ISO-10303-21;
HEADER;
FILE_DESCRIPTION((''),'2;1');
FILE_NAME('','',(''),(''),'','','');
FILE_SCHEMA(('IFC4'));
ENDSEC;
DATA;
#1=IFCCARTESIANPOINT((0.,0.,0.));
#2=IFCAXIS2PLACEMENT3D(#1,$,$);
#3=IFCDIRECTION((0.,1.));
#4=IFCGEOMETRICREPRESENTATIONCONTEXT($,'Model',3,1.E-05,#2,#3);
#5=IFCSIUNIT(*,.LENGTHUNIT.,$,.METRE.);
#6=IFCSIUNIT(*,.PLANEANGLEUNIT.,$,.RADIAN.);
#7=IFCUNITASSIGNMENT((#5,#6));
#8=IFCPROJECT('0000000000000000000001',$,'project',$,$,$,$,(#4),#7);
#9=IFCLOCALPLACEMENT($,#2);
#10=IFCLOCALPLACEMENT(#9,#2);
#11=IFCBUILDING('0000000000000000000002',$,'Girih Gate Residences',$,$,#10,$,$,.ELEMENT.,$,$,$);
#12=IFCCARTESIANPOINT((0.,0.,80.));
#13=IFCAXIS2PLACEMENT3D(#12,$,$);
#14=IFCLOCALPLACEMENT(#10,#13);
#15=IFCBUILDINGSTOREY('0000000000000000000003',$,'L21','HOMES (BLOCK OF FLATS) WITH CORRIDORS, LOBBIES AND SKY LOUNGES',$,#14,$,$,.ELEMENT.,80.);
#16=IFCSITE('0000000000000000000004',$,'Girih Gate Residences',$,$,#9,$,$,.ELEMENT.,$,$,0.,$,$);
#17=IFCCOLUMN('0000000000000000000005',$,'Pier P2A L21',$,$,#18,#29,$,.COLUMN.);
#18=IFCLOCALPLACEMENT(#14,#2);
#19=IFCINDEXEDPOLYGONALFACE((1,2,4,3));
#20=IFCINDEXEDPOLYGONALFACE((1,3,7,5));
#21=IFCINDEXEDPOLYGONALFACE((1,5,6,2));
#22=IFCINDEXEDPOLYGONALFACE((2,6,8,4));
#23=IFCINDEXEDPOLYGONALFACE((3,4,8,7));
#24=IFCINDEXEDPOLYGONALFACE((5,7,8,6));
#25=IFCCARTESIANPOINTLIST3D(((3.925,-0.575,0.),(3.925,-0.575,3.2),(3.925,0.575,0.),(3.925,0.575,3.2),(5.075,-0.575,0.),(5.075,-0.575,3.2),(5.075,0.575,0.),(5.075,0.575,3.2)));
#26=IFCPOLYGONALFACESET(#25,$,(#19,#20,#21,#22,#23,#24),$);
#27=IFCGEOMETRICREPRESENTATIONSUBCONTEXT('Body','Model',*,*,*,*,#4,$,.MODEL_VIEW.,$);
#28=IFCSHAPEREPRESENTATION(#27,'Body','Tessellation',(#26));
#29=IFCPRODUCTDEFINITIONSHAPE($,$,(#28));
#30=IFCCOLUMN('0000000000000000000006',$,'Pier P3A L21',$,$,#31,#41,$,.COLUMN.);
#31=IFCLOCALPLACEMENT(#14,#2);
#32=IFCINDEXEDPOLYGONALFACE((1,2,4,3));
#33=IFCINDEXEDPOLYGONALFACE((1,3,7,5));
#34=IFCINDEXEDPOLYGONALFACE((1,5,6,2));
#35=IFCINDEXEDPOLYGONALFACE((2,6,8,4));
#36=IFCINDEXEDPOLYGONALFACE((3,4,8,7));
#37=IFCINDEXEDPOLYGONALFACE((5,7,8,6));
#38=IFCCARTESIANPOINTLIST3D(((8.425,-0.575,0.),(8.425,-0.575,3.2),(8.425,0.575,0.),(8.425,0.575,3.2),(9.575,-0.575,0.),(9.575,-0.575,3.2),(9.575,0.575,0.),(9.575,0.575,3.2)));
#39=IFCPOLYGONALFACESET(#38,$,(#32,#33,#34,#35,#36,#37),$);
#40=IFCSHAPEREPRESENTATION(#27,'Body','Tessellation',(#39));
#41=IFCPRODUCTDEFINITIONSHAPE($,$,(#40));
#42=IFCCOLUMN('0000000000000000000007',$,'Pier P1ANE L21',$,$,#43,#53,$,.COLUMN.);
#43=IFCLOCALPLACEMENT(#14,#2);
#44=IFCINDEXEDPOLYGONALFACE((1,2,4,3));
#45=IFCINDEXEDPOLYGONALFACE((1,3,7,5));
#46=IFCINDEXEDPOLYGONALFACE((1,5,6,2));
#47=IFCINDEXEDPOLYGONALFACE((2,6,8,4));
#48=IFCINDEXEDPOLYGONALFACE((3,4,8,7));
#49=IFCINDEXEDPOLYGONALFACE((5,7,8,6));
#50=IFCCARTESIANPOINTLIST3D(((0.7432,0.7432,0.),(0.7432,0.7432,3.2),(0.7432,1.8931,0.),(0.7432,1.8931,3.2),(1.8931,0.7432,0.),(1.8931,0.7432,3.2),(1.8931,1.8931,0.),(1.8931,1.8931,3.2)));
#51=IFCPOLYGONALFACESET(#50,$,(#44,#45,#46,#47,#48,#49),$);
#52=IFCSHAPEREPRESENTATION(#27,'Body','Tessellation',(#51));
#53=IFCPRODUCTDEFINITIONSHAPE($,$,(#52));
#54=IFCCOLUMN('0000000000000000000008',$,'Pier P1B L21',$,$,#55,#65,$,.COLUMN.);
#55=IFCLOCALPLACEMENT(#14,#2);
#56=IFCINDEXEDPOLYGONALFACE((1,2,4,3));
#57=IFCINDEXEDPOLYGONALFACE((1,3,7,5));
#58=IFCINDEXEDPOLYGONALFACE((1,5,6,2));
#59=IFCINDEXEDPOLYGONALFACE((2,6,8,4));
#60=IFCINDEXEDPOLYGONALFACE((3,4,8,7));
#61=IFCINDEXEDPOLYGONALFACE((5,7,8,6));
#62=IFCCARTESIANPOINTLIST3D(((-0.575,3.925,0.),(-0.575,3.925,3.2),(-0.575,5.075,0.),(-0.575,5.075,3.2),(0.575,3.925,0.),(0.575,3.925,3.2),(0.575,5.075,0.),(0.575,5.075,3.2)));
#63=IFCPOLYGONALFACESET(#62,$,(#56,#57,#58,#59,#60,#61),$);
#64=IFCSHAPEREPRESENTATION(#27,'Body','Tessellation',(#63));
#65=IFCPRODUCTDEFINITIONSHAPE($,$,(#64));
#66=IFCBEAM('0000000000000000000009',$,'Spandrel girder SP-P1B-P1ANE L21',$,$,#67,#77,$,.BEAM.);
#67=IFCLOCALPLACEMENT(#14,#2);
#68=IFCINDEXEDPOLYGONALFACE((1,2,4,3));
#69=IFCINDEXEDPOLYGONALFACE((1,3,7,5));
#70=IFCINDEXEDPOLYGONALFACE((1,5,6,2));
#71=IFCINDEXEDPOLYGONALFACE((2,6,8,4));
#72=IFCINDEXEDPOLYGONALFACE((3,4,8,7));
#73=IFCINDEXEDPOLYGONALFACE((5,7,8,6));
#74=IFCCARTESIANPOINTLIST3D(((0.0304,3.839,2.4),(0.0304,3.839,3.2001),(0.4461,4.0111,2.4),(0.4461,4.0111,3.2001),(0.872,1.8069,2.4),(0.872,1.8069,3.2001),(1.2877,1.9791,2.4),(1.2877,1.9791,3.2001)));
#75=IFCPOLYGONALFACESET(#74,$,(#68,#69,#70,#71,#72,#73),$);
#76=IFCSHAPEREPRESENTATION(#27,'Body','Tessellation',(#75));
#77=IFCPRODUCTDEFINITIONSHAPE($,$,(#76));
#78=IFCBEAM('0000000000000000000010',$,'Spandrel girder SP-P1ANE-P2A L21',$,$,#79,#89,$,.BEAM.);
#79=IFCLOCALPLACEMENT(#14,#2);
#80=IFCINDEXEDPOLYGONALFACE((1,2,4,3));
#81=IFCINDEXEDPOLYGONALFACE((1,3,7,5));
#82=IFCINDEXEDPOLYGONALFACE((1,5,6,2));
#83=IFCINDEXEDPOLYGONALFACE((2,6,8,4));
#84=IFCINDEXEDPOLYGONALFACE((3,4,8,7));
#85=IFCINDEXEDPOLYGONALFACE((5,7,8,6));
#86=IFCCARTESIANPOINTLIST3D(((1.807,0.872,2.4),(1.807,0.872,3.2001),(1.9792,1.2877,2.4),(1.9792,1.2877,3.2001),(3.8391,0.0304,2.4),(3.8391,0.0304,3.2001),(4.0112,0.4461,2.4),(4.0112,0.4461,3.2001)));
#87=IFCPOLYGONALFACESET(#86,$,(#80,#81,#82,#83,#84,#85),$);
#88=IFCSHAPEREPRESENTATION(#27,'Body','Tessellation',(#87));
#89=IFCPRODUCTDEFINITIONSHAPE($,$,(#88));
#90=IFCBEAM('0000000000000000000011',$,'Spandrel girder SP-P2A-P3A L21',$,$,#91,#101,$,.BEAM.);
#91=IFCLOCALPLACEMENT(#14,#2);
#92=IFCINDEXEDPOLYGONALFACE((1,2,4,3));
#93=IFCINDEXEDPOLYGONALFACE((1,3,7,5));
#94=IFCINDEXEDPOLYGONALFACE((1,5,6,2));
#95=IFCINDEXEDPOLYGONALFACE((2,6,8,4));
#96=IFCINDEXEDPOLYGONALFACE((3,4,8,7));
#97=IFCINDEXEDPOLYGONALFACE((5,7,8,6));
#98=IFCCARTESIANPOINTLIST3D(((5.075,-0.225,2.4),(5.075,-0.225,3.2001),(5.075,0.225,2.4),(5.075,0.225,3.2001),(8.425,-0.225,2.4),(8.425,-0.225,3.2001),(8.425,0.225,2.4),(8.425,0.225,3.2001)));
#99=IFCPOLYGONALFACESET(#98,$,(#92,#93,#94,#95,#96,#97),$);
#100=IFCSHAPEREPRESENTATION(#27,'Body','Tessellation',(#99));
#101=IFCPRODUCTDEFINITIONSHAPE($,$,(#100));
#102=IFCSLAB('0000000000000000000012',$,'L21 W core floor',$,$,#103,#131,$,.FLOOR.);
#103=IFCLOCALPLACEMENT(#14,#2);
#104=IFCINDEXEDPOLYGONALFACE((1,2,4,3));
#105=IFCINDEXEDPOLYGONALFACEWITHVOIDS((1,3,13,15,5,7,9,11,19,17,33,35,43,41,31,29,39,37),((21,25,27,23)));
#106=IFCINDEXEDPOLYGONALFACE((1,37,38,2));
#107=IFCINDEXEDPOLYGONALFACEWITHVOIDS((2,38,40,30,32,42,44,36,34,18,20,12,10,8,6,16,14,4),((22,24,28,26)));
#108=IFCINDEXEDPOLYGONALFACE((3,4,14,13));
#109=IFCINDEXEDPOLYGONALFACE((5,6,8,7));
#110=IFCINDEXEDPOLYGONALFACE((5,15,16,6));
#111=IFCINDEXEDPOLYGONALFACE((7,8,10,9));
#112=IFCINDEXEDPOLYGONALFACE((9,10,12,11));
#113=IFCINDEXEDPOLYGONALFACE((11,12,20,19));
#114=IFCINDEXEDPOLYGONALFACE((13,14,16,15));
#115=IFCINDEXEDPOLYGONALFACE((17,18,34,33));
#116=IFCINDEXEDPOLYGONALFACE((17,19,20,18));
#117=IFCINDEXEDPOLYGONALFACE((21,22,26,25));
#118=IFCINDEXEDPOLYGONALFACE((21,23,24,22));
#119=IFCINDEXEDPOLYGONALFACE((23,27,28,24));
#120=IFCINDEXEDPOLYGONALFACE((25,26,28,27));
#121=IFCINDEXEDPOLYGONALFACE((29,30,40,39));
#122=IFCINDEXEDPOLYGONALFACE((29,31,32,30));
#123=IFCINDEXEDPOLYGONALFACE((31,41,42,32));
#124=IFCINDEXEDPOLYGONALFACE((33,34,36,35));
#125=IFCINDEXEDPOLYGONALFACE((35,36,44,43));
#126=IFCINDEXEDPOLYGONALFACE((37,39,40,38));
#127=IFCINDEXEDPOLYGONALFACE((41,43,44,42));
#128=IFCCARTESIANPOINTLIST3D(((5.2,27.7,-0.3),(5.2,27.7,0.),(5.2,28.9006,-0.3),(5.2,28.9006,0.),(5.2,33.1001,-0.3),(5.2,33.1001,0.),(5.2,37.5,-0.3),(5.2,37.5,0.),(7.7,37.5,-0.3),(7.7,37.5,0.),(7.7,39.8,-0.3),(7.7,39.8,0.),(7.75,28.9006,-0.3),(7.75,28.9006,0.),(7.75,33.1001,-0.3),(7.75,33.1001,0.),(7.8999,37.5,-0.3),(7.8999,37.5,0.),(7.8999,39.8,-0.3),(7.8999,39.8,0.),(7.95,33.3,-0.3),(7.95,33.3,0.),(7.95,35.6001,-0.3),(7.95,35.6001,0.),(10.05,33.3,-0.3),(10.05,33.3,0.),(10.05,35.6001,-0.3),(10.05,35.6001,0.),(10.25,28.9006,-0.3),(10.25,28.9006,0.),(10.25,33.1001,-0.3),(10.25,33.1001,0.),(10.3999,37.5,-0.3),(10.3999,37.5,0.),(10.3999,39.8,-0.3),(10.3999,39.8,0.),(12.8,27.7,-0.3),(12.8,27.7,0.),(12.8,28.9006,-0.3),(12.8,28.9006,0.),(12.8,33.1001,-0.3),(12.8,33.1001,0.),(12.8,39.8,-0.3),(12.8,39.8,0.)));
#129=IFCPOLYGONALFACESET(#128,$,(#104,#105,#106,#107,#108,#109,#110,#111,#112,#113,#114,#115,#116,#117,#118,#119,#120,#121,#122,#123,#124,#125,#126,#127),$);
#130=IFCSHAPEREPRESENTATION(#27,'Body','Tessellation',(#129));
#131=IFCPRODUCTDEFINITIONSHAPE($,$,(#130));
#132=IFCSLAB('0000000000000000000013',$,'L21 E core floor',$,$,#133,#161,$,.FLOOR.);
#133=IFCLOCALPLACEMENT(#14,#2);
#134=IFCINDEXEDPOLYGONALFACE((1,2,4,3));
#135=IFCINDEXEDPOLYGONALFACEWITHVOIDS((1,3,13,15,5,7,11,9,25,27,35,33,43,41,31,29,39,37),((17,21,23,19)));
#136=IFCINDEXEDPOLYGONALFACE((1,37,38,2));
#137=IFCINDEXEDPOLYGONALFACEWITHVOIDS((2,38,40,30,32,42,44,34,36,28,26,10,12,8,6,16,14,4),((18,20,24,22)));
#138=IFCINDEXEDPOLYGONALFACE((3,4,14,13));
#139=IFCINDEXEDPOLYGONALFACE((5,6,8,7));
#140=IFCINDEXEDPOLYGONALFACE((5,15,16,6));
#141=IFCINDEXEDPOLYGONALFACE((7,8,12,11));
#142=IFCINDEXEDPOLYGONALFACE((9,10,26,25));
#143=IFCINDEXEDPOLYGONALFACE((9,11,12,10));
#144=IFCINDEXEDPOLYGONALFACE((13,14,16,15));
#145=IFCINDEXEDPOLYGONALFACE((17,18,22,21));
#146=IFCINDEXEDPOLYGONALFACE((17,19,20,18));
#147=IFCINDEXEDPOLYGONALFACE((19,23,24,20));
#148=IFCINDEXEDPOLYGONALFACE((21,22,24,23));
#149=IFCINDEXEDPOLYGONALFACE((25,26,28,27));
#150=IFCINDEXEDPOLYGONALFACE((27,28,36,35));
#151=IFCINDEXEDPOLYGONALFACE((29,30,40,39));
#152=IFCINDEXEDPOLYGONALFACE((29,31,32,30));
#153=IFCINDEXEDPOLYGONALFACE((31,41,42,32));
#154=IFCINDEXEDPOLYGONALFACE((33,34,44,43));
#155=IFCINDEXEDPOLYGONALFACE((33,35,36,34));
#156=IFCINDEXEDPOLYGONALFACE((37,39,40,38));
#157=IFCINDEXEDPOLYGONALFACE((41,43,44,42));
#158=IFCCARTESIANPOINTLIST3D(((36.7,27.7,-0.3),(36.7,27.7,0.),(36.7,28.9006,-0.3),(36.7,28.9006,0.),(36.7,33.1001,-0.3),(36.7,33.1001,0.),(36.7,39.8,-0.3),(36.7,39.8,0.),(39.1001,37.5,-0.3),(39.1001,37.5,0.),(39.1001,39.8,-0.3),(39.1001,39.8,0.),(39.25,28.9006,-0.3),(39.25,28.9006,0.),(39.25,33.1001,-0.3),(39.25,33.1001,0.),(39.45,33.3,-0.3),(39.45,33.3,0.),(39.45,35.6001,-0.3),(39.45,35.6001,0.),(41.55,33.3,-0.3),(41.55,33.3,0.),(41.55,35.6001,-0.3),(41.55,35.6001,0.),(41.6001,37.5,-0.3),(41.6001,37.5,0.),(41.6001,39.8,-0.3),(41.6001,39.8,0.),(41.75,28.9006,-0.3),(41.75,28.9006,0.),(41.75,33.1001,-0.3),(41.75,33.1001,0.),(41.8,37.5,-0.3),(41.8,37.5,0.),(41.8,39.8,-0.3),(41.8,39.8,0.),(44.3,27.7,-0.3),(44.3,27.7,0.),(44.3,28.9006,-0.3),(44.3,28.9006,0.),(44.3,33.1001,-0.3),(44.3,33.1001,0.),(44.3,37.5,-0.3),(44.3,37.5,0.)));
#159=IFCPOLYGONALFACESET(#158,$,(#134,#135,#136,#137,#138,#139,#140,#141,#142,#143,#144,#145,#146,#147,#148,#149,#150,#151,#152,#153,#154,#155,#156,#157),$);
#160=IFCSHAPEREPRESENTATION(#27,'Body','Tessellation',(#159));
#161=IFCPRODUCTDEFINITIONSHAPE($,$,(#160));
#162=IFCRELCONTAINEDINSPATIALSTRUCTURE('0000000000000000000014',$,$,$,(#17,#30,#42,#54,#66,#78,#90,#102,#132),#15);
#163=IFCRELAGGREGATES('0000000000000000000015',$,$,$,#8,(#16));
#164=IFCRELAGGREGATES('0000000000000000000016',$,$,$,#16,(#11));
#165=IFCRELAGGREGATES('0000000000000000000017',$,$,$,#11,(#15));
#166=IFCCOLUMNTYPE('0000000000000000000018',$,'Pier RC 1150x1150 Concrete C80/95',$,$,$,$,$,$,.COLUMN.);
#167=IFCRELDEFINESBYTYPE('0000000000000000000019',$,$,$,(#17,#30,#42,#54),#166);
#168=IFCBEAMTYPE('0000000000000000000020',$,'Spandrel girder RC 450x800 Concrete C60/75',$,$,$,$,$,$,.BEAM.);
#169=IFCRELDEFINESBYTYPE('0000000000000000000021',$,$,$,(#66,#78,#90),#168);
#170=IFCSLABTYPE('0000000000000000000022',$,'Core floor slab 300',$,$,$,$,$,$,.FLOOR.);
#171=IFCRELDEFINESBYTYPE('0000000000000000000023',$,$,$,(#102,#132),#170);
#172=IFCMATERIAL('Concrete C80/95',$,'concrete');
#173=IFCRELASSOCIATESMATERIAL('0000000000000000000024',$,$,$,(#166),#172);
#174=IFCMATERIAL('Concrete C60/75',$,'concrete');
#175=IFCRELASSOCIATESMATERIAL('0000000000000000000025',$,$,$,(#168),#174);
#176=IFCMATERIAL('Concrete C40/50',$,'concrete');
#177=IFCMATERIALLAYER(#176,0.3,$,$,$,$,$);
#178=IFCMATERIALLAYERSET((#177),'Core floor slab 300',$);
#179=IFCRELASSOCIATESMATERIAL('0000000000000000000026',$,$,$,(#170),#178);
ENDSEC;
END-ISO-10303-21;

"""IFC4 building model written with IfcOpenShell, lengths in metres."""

from ifc_helpers import new_model, si_unit, direction, frame, origin, origin_2d, place, context, subcontext, project, spatial, polyline, rectangle, outline, extrude, material, layer, layer_set, material_profile, profile_set, type_object, element, save


model = new_model("IFC4")

# Units and contexts
model_context = context("Model", 3, precision=1e-05, world=origin(), true_north=direction((0.0, 1.0)))
body_context = subcontext(model_context, "Body", "Model", "MODEL_VIEW")
ifc_project = project(units=[si_unit("LENGTHUNIT", "METRE"), si_unit("PLANEANGLEUNIT", "RADIAN")], contexts=[model_context])

# Site, building, storey
site_placement = place(None, origin())
site = spatial("IfcSite", under=ifc_project, at=site_placement, Name="Girih Gate Residences", CompositionType="ELEMENT", RefElevation=0.0)
building_placement = place(site_placement, origin())
building = spatial("IfcBuilding", under=site, at=building_placement, Name="Girih Gate Residences", CompositionType="ELEMENT")
storey_placement = place(building_placement, frame((0.0, 0.0, 80.0)))
storey = spatial("IfcBuildingStorey", under=building, at=storey_placement, Name="L21", Description="HOMES (BLOCK OF FLATS) WITH CORRIDORS, LOBBIES AND SKY LOUNGES", CompositionType="ELEMENT", Elevation=80.0)

# Columns
ifc_material_1 = material(Name="Concrete C80/95", Category="concrete")
ifc_material_profile_1 = material_profile(ifc_material_1, rectangle(XDim=1.1499, YDim=1.1499, at=origin_2d()))
ifc_profile_set_1 = profile_set([ifc_material_profile_1], Name="Concrete C80/95")
column_type = type_object("IfcColumnType", Name="Pier RC 1150x1150 Concrete C80/95", PredefinedType="COLUMN", material=ifc_profile_set_1)
for number, where, z_axis, x_axis, name in (
    (1, (4.5, 0.0, 0.0), (0.0, 0.0, 1.0), (1.0, 0.0, 0.0), "Pier P2A L21"),
    (2, (9.0, 0.0, 0.0), (0.0, 0.0, 1.0), (1.0, 0.0, 0.0), "Pier P3A L21"),
    (3, (1.3181, 1.3181, 0.0), (0.0, 0.0, 1.0), (1.0, 0.0, 0.0), "Pier P1ANE L21"),
    (4, (0.0, 4.5, 0.0), (0.0, 0.0, 1.0), (1.0, 0.0, 0.0), "Pier P1B L21"),
):
    element("IfcColumn", number, at=place(storey_placement, frame(where, z_axis=z_axis, x_axis=x_axis)), inside=storey, type_object=column_type, Name=name, PredefinedType="COLUMN", context=body_context, shape_type="SweptSolid", body=[
        extrude(rectangle(XDim=1.1499, YDim=1.1499, at=origin_2d()), origin(), (0.0, 0.0, 1.0), 3.2),
    ])

# Beams
ifc_material_2 = material(Name="Concrete C60/75", Category="concrete")
ifc_material_profile_2 = material_profile(ifc_material_2, rectangle(XDim=0.45, YDim=0.8, at=origin_2d()))
ifc_profile_set_2 = profile_set([ifc_material_profile_2], Name="Concrete C60/75")
beam_type = type_object("IfcBeamType", Name="Spandrel girder RC 450x800 Concrete C60/75", PredefinedType="BEAM", material=ifc_profile_set_2)
for number, where, z_axis, x_axis, name in (
    (5, (0.2383, 3.925, 2.8), (0.382636, -0.923899, 0.0), (0.923899, 0.382636, 0.0), "Spandrel girder SP-P1B-P1ANE L21"),
    (6, (1.8931, 1.0798, 2.8), (0.923899, -0.382636, 0.0), (0.382636, 0.923899, 0.0), "Spandrel girder SP-P1ANE-P2A L21"),
):
    element("IfcBeam", number, at=place(storey_placement, frame(where, z_axis=z_axis, x_axis=x_axis)), inside=storey, type_object=beam_type, Name=name, PredefinedType="BEAM", context=body_context, shape_type="SweptSolid", body=[
        extrude(rectangle(XDim=0.45, YDim=0.8, at=origin_2d()), origin(), (0.0, 0.0, 1.0), 2.1995),
    ])
beam_placement = place(storey_placement, frame((5.075, 0.0, 2.8), z_axis=(1.0, 0.0, 0.0), x_axis=(0.0, 1.0, 0.0)))
element("IfcBeam", 7, at=beam_placement, inside=storey, type_object=beam_type, Name="Spandrel girder SP-P2A-P3A L21", PredefinedType="BEAM", context=body_context, shape_type="SweptSolid", body=[
    extrude(rectangle(XDim=0.45, YDim=0.8, at=origin_2d()), origin(), (0.0, 0.0, 1.0), 3.3501),
])

# Slabs
ifc_material_3 = material(Name="Concrete C40/50", Category="concrete")
ifc_layer_1 = layer(ifc_material_3, 0.3)
ifc_layer_set_1 = layer_set([ifc_layer_1], Name="Core floor slab 300")
slab_type_1 = type_object("IfcSlabType", Name="Core floor slab 300", PredefinedType="FLOOR", material=ifc_layer_set_1)
slab_1_placement = place(storey_placement, frame((0.0, 0.0, -0.3)))
element("IfcSlab", 8, at=slab_1_placement, inside=storey, type_object=slab_type_1, Name="L21 W core floor", PredefinedType="FLOOR", context=body_context, shape_type="SweptSolid", body=[
    extrude(outline(polyline([(12.8, 27.7), (5.2, 27.7), (5.2, 28.9006), (7.75, 28.9006), (7.75, 33.1001), (5.2, 33.1001), (5.2, 37.5), (7.7, 37.5), (7.7, 39.8), (7.8999, 39.8), (7.8999, 37.5), (10.3999, 37.5), (10.3999, 39.8), (12.8, 39.8), (12.8, 33.1001), (10.25, 33.1001), (10.25, 28.9006), (12.8, 28.9006), (12.8, 27.7)]), holes=[polyline([(7.95, 33.3), (10.05, 33.3), (10.05, 35.6001), (7.95, 35.6001), (7.95, 33.3)])]), origin(), (0.0, 0.0, 1.0), 0.3),
])
slab_2_placement = place(storey_placement, frame((0.0, 0.0, -0.3)))
element("IfcSlab", 9, at=slab_2_placement, inside=storey, type_object=slab_type_1, Name="L21 E core floor", PredefinedType="FLOOR", context=body_context, shape_type="SweptSolid", body=[
    extrude(outline(polyline([(44.3, 27.7), (36.7, 27.7), (36.7, 28.9006), (39.25, 28.9006), (39.25, 33.1001), (36.7, 33.1001), (36.7, 39.8), (39.1001, 39.8), (39.1001, 37.5), (41.6001, 37.5), (41.6001, 39.8), (41.8, 39.8), (41.8, 37.5), (44.3, 37.5), (44.3, 33.1001), (41.75, 33.1001), (41.75, 28.9006), (44.3, 28.9006), (44.3, 27.7)]), holes=[polyline([(39.45, 33.3), (41.55, 33.3), (41.55, 35.6001), (39.45, 35.6001), (39.45, 33.3)])]), origin(), (0.0, 0.0, 1.0), 0.3),
])

save(model, "model.ifc")
